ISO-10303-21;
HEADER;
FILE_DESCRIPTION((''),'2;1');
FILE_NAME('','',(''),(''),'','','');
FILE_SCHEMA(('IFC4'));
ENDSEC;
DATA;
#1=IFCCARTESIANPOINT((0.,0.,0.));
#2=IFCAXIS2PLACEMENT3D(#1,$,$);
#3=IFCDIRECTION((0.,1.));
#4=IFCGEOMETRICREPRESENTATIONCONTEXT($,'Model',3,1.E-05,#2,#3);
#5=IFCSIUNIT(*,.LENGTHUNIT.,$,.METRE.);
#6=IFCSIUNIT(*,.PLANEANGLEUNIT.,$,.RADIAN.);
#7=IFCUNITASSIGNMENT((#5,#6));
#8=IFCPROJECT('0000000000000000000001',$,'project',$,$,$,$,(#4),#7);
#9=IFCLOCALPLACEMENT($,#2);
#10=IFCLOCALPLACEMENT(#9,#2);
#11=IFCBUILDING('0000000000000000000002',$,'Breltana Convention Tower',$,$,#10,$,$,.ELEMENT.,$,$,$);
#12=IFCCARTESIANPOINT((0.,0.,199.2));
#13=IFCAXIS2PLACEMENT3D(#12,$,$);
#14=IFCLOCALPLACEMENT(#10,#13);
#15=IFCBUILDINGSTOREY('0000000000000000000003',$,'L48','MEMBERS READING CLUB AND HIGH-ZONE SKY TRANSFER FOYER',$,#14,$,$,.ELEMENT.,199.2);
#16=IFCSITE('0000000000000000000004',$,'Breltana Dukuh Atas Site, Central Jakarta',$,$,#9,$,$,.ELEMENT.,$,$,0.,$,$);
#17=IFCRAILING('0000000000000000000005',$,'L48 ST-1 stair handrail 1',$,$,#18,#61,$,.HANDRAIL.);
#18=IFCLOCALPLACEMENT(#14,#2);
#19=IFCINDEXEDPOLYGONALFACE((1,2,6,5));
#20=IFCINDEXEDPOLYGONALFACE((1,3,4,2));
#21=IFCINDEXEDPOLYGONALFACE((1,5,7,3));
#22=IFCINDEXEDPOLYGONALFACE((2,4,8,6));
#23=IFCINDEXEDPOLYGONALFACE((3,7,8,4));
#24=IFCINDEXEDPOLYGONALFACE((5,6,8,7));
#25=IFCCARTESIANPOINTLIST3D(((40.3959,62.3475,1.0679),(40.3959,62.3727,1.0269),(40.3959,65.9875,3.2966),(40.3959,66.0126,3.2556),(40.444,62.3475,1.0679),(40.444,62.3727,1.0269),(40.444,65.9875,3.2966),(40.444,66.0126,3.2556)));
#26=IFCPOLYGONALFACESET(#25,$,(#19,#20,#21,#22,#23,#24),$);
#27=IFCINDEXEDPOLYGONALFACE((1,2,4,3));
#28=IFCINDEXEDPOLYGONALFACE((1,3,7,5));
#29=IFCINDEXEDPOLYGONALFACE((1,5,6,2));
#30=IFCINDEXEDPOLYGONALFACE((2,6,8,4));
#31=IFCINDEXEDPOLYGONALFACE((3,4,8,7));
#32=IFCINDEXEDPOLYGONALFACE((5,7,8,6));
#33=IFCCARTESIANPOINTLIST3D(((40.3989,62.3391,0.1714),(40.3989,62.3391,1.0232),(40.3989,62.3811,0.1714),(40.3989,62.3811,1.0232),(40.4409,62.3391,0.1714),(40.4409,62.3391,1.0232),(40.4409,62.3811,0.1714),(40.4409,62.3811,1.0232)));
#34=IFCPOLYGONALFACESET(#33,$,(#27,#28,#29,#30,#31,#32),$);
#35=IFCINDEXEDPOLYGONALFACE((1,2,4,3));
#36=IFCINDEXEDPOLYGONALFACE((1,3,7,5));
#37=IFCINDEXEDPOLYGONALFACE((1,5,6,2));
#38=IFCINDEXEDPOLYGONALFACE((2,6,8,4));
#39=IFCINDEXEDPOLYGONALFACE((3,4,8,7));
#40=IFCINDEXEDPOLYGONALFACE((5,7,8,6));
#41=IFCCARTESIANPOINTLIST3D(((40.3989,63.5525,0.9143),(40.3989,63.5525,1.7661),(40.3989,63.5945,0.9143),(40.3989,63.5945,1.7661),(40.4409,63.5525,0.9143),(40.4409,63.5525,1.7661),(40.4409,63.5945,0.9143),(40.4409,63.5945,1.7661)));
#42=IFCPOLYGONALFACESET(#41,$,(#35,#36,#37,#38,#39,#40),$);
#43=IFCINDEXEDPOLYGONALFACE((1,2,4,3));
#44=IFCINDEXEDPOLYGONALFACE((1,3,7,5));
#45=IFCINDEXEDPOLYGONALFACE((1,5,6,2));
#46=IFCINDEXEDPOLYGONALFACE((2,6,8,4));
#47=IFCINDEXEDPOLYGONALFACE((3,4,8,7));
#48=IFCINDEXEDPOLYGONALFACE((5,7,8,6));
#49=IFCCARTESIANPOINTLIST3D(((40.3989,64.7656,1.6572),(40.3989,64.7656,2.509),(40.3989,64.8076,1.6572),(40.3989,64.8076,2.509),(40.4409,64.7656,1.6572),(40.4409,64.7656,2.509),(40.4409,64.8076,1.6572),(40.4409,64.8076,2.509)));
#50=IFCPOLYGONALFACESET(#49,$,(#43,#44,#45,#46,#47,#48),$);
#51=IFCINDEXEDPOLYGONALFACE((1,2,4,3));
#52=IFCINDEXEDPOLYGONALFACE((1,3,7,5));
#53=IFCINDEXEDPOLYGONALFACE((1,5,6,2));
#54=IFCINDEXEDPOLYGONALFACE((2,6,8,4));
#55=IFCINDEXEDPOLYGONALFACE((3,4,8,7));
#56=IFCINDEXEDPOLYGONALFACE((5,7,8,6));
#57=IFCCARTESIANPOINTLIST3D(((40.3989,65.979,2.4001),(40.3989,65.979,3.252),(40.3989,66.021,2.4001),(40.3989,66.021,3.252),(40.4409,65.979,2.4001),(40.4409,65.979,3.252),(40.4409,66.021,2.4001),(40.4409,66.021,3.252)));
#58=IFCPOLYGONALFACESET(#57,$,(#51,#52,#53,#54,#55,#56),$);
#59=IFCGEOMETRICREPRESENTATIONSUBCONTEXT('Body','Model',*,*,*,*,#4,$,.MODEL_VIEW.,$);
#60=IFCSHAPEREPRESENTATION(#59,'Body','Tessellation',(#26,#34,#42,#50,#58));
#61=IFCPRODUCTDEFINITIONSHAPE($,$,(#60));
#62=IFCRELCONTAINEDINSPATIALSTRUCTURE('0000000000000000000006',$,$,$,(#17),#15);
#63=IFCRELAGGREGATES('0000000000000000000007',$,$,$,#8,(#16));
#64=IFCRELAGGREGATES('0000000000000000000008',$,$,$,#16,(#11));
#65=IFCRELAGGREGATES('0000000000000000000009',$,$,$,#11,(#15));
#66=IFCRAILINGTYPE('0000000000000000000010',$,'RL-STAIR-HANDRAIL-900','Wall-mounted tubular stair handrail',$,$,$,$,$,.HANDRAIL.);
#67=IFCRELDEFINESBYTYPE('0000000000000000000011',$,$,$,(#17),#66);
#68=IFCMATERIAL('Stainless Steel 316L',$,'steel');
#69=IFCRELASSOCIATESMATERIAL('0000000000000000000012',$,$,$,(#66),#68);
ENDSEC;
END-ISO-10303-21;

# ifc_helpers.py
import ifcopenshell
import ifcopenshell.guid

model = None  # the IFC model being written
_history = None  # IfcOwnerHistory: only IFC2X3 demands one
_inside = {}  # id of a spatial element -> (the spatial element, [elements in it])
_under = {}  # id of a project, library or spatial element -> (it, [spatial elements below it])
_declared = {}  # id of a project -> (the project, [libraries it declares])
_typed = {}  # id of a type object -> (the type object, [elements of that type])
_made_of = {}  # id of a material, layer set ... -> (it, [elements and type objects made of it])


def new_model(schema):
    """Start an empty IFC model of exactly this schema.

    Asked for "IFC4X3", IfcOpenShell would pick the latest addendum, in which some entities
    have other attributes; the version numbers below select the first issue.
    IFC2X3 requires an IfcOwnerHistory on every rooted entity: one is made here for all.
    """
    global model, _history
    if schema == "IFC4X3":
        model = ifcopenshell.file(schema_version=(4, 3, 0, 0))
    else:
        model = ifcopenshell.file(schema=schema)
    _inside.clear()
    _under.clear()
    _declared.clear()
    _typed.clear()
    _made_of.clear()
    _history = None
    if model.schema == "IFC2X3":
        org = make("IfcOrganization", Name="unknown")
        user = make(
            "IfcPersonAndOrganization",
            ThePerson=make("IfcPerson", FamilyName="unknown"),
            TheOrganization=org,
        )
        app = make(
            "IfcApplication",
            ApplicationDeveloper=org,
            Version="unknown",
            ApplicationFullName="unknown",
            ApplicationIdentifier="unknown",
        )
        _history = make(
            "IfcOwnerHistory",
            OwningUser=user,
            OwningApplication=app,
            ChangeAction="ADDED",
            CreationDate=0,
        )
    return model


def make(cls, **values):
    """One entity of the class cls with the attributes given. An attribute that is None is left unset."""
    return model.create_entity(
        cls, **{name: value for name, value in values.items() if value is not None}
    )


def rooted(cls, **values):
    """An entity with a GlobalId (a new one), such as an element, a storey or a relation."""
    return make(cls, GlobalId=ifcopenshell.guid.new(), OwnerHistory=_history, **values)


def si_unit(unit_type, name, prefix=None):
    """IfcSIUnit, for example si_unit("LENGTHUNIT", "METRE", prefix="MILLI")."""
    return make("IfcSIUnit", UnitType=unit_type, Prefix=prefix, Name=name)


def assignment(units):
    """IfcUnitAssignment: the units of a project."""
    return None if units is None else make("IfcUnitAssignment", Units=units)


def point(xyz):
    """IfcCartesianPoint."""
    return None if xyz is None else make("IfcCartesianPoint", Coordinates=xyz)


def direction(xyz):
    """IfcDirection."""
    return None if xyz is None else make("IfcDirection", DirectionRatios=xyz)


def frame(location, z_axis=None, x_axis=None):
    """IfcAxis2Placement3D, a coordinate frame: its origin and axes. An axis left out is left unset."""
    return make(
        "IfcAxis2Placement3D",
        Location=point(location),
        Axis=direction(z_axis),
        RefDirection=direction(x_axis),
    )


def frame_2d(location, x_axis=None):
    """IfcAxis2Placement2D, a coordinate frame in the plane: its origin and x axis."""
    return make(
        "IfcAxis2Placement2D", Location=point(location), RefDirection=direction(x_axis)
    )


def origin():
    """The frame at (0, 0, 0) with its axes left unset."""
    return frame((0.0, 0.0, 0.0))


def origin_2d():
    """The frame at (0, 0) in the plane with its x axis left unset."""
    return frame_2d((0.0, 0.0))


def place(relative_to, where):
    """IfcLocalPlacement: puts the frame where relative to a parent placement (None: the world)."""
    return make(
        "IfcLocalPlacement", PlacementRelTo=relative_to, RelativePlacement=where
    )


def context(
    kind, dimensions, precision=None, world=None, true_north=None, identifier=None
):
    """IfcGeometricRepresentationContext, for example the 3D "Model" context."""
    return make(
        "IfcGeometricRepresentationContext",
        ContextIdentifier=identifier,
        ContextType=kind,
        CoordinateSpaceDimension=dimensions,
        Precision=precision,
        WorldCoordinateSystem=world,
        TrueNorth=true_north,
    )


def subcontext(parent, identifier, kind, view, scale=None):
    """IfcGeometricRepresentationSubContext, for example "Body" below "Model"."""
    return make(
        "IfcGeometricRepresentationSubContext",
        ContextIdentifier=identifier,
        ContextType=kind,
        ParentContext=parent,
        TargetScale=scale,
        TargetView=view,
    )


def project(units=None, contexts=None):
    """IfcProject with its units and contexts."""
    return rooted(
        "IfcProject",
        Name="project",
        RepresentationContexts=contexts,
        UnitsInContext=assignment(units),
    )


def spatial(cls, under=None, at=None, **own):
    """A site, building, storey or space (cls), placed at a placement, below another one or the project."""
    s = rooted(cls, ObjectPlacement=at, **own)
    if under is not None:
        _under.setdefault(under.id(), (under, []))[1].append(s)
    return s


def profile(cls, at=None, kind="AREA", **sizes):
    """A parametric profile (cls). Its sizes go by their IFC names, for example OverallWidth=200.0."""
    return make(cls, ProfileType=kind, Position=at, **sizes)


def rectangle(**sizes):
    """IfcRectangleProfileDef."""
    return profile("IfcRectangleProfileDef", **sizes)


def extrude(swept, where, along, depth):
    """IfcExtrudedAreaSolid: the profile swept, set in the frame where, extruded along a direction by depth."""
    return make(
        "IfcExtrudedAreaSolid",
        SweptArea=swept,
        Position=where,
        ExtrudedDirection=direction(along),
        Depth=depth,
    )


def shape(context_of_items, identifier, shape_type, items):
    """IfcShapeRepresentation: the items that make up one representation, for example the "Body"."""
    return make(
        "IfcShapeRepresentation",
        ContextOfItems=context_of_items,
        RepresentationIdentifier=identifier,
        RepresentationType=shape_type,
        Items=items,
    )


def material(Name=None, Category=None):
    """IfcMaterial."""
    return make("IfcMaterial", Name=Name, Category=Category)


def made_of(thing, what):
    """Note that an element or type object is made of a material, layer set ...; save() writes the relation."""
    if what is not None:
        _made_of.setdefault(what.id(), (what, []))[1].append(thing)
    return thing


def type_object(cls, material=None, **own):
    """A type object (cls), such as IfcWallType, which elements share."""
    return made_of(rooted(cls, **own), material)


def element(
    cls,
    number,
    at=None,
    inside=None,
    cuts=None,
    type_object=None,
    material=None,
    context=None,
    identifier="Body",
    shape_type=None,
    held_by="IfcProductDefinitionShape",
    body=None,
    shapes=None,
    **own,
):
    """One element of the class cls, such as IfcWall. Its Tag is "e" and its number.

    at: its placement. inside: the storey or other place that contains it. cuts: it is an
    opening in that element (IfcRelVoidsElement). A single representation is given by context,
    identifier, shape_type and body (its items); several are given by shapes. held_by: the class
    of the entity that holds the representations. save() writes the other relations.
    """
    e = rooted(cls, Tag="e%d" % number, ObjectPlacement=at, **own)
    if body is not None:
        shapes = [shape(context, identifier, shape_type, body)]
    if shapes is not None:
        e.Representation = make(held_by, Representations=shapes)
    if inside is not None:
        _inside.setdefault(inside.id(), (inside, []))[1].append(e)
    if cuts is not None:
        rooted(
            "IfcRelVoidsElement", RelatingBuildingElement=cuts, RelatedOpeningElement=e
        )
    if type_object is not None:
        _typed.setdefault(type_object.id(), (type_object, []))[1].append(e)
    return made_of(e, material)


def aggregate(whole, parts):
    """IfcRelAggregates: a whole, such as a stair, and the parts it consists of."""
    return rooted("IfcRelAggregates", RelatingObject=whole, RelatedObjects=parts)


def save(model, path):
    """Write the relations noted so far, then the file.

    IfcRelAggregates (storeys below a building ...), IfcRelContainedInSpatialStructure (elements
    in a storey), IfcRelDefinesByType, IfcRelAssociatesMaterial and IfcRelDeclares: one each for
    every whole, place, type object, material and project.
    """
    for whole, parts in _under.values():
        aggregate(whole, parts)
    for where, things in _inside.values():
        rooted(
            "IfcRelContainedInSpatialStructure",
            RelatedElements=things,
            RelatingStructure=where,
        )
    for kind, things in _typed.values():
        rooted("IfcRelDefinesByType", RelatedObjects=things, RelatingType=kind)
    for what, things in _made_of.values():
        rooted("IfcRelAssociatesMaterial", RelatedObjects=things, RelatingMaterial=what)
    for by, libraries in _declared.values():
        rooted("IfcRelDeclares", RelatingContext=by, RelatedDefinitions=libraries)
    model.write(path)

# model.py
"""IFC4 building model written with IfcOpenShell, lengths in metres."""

from ifc_helpers import new_model, si_unit, direction, frame, origin, origin_2d, place, context, subcontext, project, spatial, rectangle, extrude, material, type_object, element, save


model = new_model("IFC4")

# Units and contexts
model_context = context("Model", 3, precision=1e-05, world=origin(), true_north=direction((0.0, 1.0)))
body_context = subcontext(model_context, "Body", "Model", "MODEL_VIEW")
ifc_project = project(units=[si_unit("LENGTHUNIT", "METRE"), si_unit("PLANEANGLEUNIT", "RADIAN")], contexts=[model_context])

# Site, building, storey
site_placement = place(None, origin())
site = spatial("IfcSite", under=ifc_project, at=site_placement, Name="Breltana Dukuh Atas Site, Central Jakarta", CompositionType="ELEMENT", RefElevation=0.0)
building_placement = place(site_placement, origin())
building = spatial("IfcBuilding", under=site, at=building_placement, Name="Breltana Convention Tower", CompositionType="ELEMENT")
storey_placement = place(building_placement, frame((0.0, 0.0, 199.2)))
storey = spatial("IfcBuildingStorey", under=building, at=storey_placement, Name="L48", Description="MEMBERS READING CLUB AND HIGH-ZONE SKY TRANSFER FOYER", CompositionType="ELEMENT", Elevation=199.2)

# Railing
ifc_material_1 = material(Name="Stainless Steel 316L", Category="steel")
railing_type_1 = type_object("IfcRailingType", Name="RL-STAIR-HANDRAIL-900", Description="Wall-mounted tubular stair handrail", PredefinedType="HANDRAIL", material=ifc_material_1)
railing_1_placement = place(storey_placement, frame((40.4199, 62.3601, 0.1714)))
element("IfcRailing", 1, at=railing_1_placement, inside=storey, type_object=railing_type_1, Name="L48 ST-1 stair handrail 1", PredefinedType="HANDRAIL", context=body_context, shape_type="SweptSolid", body=[
    extrude(rectangle(XDim=0.0481, YDim=0.0481, at=origin_2d()), frame((0.0, 0.0, 0.876), z_axis=(0.0, 0.852825, 0.522197), x_axis=(-1.0, 0.0, 0.0)), (0.0, 0.0, 1.0), 4.2681),
    extrude(rectangle(XDim=0.042, YDim=0.042, at=origin_2d()), origin(), (0.0, 0.0, 1.0), 0.8518),
    extrude(rectangle(XDim=0.042, YDim=0.042, at=origin_2d()), frame((0.0, 1.2134, 0.7429)), (0.0, 0.0, 1.0), 0.8518),
    extrude(rectangle(XDim=0.042, YDim=0.042, at=origin_2d()), frame((0.0, 2.4265, 1.4858)), (0.0, 0.0, 1.0), 0.8518),
    extrude(rectangle(XDim=0.042, YDim=0.042, at=origin_2d()), frame((0.0, 3.6399, 2.2288)), (0.0, 0.0, 1.0), 0.8518),
])

save(model, "model.ifc")
